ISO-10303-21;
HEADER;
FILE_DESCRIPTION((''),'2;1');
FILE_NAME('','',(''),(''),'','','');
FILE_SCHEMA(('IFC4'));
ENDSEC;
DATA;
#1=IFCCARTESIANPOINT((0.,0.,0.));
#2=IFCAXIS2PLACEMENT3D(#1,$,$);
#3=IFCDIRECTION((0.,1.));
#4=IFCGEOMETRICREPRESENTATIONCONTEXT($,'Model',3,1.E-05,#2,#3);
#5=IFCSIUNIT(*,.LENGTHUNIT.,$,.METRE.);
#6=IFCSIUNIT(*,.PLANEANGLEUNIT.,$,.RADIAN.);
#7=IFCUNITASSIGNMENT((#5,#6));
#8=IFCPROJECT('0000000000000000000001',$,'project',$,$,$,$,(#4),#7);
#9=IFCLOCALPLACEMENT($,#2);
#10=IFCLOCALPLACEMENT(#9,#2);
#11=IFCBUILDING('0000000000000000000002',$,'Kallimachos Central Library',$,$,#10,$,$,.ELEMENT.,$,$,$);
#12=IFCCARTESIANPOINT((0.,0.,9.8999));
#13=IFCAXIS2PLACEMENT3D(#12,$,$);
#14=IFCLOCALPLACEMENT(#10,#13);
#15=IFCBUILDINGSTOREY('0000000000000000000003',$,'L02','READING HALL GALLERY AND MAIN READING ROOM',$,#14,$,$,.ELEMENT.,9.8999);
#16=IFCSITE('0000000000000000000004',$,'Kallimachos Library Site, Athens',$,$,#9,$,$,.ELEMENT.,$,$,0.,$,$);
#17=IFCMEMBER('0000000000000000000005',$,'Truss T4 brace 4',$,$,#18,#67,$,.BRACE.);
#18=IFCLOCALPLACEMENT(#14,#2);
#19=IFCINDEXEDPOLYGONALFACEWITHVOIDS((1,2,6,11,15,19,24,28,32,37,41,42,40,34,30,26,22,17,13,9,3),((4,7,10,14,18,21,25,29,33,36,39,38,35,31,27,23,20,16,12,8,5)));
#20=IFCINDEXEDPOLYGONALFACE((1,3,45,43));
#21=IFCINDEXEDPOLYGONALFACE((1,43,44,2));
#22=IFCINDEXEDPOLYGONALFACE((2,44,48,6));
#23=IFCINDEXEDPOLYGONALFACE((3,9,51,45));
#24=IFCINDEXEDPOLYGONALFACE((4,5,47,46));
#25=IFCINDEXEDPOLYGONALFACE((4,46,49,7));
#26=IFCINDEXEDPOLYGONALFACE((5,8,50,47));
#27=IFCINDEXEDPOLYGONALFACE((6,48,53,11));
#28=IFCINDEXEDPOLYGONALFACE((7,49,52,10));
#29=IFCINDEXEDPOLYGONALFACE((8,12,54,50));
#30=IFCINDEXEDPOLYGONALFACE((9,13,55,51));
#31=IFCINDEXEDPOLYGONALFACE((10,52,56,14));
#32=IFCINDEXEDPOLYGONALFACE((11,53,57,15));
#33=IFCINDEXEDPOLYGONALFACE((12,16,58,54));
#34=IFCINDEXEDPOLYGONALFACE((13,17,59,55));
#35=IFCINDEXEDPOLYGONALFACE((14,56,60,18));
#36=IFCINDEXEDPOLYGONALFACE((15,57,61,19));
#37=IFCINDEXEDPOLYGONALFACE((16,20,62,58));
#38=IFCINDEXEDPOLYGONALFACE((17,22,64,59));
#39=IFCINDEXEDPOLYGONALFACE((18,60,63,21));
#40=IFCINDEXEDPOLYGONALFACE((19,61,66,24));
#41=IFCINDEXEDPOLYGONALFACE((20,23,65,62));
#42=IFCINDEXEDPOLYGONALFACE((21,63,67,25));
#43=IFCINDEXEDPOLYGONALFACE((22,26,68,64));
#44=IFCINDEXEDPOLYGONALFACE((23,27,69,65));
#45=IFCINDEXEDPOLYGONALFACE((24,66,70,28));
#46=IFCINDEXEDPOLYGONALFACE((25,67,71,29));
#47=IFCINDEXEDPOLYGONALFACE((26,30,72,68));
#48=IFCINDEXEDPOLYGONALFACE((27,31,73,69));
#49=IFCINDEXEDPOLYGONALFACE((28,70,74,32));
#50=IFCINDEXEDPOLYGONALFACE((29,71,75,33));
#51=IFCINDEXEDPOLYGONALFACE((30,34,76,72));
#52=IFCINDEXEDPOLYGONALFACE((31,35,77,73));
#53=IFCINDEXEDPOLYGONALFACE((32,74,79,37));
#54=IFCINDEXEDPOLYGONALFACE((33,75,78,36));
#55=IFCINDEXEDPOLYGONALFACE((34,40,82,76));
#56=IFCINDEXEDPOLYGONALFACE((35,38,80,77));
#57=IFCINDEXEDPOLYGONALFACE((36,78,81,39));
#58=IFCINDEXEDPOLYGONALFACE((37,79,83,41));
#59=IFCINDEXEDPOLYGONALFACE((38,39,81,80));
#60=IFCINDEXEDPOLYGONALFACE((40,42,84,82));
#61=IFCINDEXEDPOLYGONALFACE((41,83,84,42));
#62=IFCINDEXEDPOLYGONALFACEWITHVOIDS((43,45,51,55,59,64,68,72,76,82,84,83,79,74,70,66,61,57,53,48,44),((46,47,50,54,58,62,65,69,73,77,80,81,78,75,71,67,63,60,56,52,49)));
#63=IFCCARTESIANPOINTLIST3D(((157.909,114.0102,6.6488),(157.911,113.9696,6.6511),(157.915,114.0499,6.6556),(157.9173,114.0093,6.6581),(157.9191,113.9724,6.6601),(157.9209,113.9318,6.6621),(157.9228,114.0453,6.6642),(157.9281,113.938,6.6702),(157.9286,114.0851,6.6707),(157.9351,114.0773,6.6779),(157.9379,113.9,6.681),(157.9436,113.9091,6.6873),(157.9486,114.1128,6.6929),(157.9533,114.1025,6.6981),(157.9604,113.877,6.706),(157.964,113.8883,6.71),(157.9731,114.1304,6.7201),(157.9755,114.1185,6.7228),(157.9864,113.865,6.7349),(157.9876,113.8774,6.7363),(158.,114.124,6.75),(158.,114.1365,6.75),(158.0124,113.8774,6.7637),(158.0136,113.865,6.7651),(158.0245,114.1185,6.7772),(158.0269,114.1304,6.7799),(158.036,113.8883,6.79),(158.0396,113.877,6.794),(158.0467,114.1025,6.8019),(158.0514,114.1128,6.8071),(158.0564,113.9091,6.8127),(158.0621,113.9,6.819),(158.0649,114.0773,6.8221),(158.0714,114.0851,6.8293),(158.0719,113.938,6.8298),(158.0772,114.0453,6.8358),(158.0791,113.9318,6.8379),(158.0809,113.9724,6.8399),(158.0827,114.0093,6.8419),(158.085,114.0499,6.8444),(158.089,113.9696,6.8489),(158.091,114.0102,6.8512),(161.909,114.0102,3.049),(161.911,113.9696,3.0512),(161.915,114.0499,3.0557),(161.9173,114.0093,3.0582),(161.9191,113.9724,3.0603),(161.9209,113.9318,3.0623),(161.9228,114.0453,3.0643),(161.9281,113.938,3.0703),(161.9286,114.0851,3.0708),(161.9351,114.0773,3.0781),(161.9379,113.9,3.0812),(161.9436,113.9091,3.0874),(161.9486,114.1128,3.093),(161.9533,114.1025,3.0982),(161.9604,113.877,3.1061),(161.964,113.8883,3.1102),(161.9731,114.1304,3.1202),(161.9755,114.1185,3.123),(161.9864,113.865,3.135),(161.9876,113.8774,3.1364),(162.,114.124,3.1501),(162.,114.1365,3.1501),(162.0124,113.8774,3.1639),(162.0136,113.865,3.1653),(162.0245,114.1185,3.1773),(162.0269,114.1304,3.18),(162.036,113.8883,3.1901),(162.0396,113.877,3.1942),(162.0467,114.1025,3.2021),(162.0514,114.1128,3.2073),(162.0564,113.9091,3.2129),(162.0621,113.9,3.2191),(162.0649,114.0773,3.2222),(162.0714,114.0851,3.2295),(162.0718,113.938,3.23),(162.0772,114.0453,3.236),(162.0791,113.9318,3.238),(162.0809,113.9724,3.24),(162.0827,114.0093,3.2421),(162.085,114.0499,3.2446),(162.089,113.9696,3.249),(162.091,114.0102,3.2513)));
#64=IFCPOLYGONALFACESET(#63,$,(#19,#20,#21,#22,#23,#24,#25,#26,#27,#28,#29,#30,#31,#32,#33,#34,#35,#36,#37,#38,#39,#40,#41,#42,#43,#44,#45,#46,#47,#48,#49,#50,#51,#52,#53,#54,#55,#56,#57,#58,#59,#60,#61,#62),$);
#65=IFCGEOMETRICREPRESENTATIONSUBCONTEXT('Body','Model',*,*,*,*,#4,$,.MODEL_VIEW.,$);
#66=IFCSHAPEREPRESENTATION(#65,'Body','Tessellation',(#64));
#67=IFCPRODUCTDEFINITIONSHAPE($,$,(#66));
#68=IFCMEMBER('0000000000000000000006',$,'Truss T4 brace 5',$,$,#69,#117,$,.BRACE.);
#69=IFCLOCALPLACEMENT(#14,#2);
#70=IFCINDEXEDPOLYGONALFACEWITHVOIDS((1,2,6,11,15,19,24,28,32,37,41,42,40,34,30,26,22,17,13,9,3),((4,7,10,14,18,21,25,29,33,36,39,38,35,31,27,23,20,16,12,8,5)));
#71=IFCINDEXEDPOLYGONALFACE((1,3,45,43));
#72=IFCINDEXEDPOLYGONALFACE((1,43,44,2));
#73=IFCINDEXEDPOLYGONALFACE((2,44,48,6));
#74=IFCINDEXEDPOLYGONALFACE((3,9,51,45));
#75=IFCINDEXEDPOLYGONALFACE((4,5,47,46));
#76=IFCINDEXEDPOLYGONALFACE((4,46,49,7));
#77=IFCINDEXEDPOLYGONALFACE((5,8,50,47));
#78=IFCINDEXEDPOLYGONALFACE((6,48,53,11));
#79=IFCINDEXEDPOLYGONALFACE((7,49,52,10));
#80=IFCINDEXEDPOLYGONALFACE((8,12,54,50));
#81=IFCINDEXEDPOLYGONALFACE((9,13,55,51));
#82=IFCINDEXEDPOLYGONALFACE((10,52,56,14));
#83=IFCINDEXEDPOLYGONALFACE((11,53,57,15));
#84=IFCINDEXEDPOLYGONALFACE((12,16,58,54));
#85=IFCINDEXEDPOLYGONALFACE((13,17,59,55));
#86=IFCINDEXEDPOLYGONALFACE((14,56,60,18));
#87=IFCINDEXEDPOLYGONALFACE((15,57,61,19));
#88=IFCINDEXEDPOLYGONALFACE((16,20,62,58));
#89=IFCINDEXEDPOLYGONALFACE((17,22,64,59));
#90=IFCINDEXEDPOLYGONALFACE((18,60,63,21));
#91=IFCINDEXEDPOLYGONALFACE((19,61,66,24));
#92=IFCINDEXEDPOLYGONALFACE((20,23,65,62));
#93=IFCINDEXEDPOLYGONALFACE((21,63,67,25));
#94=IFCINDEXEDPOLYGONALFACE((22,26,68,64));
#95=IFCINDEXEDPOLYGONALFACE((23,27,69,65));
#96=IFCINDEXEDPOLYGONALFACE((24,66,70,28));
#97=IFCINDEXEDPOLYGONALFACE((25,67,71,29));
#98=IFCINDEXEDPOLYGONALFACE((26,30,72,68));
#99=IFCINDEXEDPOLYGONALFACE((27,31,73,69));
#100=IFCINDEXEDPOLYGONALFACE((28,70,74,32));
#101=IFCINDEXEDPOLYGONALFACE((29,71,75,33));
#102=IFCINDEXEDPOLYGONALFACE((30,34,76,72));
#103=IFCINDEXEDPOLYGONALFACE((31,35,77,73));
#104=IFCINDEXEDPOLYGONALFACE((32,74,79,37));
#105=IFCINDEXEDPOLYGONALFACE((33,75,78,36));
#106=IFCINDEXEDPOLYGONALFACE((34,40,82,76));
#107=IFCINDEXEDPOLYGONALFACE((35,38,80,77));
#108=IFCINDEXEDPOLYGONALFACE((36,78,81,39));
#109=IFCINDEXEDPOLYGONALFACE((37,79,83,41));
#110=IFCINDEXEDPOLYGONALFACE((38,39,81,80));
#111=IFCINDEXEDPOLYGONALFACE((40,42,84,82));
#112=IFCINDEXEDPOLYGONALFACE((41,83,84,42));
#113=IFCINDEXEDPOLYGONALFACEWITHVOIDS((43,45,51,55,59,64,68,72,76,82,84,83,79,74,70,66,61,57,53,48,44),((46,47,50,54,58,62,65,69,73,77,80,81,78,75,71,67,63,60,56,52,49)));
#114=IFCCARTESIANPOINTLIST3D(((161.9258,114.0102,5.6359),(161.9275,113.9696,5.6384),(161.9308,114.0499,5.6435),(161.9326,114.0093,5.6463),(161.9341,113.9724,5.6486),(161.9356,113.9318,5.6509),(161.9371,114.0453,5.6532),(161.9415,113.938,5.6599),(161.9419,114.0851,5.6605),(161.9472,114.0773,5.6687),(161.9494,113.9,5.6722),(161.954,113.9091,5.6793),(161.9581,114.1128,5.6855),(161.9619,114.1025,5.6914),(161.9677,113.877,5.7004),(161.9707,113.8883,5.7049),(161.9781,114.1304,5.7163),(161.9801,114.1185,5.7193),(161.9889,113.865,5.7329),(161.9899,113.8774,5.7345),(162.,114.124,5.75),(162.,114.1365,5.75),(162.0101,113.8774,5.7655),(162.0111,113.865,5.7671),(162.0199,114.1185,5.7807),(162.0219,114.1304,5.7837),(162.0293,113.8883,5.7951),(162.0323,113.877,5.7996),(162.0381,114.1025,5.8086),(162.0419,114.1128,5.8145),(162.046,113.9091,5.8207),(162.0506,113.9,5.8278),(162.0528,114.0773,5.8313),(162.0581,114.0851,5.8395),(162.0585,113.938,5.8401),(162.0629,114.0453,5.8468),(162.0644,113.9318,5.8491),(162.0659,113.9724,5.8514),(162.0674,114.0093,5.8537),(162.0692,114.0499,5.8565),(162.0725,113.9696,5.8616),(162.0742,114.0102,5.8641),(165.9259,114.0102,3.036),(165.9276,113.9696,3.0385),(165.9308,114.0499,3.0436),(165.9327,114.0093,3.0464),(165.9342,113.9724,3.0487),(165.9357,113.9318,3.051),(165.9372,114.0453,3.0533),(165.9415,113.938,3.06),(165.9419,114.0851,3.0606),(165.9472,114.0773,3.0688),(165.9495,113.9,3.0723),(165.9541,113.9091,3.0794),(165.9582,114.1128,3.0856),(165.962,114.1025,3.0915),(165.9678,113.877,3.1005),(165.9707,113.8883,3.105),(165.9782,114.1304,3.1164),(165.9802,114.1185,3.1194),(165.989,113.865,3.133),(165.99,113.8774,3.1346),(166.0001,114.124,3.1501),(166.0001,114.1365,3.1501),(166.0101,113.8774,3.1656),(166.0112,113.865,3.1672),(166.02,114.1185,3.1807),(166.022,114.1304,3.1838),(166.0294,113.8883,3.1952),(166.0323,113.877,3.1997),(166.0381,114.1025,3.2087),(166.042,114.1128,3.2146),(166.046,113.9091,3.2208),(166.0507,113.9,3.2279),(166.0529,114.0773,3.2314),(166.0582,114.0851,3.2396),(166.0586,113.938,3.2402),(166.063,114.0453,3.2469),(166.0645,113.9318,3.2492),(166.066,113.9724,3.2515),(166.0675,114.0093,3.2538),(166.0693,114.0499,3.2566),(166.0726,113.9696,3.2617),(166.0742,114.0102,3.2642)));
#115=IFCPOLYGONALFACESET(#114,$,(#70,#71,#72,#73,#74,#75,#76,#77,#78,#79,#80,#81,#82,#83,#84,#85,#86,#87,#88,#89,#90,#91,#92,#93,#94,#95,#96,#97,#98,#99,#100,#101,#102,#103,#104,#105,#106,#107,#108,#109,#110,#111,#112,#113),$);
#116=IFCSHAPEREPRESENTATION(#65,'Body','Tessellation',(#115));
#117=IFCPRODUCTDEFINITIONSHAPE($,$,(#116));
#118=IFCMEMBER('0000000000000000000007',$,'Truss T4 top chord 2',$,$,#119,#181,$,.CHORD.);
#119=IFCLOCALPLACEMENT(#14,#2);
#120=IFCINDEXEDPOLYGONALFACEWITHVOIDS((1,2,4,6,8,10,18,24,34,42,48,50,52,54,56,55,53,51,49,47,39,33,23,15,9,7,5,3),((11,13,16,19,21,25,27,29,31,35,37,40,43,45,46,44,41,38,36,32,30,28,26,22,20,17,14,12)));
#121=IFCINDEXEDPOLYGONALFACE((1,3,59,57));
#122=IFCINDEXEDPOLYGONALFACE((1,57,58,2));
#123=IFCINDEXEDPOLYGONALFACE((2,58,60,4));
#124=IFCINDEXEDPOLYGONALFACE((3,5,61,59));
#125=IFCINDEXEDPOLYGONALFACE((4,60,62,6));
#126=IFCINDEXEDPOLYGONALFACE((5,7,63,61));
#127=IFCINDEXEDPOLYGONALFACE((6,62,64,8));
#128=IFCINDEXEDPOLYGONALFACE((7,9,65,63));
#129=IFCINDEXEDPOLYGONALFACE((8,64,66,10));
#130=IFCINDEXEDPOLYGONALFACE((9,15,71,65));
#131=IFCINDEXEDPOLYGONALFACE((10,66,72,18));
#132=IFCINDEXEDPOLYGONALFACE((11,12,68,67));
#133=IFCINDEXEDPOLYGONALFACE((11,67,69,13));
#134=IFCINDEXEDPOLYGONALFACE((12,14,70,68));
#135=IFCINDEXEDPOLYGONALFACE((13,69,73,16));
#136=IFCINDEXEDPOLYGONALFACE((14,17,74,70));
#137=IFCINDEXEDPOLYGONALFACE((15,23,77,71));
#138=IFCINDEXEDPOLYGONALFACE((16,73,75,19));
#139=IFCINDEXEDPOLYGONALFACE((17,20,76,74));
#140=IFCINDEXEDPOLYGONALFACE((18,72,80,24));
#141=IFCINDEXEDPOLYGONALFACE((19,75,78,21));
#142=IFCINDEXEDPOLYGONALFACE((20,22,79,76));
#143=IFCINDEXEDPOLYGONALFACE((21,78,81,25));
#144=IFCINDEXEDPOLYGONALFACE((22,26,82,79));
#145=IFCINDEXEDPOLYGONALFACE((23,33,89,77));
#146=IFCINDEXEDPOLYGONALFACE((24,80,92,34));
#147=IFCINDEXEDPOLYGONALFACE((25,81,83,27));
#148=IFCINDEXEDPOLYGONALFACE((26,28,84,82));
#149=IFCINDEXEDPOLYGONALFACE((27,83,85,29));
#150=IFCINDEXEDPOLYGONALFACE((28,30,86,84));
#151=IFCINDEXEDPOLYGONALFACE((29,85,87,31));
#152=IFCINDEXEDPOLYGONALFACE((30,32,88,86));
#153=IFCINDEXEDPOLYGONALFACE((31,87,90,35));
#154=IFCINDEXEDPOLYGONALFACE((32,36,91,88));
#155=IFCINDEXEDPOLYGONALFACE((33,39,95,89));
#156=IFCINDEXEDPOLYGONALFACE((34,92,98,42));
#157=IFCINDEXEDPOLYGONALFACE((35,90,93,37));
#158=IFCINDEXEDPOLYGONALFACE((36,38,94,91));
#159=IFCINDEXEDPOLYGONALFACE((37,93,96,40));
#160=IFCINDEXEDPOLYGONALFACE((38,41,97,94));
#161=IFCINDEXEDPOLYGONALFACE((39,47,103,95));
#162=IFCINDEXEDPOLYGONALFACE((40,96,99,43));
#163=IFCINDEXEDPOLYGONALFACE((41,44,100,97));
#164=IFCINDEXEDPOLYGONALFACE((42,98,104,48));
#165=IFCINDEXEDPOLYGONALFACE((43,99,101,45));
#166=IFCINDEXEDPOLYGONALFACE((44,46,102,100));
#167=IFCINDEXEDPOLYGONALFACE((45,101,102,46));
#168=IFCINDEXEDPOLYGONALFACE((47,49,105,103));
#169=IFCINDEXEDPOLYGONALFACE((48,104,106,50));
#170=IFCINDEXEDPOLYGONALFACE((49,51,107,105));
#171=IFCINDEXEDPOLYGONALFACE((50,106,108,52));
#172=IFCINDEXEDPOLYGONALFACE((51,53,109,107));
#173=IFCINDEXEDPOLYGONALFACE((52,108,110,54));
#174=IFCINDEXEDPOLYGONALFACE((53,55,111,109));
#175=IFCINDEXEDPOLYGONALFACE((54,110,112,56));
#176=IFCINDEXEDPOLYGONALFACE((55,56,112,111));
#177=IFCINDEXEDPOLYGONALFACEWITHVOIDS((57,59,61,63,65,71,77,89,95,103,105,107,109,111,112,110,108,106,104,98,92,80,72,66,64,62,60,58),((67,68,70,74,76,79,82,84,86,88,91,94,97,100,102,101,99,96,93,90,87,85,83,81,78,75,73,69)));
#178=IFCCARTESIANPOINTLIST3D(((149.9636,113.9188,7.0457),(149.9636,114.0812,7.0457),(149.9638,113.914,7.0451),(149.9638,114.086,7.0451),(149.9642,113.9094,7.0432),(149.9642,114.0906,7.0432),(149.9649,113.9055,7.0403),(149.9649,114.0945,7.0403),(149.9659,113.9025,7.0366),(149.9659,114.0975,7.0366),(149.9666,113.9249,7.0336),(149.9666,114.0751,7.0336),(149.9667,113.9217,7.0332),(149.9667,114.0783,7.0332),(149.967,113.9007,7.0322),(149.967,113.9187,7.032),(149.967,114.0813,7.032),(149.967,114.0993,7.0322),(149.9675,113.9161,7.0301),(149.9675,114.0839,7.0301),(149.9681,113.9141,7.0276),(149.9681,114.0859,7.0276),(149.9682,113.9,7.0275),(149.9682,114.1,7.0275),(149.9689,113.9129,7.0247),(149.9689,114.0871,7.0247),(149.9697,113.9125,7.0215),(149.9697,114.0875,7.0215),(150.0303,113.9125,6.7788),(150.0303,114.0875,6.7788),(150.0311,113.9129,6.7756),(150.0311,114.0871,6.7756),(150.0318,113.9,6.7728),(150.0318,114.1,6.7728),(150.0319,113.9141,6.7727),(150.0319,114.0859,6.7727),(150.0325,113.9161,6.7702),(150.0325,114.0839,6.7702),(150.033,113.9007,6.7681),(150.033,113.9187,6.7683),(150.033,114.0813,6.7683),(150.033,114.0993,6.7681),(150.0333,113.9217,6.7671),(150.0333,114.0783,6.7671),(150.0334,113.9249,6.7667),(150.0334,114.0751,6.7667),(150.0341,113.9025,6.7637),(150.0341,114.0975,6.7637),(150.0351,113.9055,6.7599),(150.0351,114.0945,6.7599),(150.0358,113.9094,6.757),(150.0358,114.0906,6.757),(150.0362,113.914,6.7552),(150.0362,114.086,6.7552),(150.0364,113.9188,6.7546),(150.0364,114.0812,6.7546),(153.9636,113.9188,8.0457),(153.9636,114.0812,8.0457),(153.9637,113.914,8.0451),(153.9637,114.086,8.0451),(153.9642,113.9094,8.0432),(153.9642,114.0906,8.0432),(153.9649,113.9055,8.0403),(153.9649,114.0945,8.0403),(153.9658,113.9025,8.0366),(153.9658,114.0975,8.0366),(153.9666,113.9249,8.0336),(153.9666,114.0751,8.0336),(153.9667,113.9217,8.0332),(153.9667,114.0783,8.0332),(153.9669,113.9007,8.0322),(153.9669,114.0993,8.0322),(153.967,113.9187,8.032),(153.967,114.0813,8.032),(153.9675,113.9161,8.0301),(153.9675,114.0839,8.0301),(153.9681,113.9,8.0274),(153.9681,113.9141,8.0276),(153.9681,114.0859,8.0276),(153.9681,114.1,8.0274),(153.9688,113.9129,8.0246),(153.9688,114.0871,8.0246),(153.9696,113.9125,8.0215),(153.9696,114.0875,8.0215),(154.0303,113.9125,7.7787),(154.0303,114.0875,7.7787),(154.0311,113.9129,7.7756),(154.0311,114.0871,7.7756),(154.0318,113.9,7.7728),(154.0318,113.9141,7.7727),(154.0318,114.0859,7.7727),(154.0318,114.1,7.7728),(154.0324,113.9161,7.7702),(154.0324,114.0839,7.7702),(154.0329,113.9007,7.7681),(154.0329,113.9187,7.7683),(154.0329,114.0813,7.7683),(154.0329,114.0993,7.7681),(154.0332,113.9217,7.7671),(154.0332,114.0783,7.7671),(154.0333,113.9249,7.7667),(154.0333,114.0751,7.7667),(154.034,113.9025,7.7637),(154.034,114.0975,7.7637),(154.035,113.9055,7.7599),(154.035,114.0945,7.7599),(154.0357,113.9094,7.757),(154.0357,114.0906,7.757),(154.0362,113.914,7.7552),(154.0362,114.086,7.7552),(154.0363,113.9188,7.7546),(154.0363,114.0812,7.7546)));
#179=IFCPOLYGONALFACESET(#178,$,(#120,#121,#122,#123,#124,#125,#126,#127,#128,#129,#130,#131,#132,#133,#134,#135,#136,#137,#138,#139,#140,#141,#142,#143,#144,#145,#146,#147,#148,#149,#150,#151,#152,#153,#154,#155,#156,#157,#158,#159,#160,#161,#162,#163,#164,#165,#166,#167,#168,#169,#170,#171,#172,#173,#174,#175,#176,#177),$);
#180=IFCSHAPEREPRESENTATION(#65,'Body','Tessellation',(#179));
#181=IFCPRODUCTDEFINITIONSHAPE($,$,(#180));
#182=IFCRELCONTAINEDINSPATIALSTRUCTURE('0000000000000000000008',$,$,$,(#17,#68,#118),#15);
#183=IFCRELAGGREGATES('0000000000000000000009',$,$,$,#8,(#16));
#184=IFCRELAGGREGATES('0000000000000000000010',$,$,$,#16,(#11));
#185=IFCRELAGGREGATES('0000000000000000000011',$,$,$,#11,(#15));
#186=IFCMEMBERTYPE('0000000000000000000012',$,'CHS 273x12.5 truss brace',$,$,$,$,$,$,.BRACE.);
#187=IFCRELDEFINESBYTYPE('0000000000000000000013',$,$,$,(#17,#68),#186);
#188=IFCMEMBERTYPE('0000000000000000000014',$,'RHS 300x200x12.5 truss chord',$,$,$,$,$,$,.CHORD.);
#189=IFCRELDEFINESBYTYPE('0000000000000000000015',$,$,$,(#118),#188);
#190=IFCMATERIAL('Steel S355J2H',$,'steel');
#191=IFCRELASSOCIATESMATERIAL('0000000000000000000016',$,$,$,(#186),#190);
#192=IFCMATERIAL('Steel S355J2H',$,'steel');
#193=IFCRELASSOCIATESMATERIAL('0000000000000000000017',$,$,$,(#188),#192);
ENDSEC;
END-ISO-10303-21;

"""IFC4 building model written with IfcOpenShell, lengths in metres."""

from ifc_helpers import new_model, si_unit, direction, frame, origin, origin_2d, place, context, subcontext, project, spatial, hollow_rectangle, hollow_circle, extrude, material, material_profile, profile_set, type_object, element, save


model = new_model("IFC4")

# Units and contexts
model_context = context("Model", 3, precision=1e-05, world=origin(), true_north=direction((0.0, 1.0)))
body_context = subcontext(model_context, "Body", "Model", "MODEL_VIEW")
ifc_project = project(units=[si_unit("LENGTHUNIT", "METRE"), si_unit("PLANEANGLEUNIT", "RADIAN")], contexts=[model_context])

# Site, building, storey
site_placement = place(None, origin())
site = spatial("IfcSite", under=ifc_project, at=site_placement, Name="Kallimachos Library Site, Athens", CompositionType="ELEMENT", RefElevation=0.0)
building_placement = place(site_placement, origin())
building = spatial("IfcBuilding", under=site, at=building_placement, Name="Kallimachos Central Library", CompositionType="ELEMENT")
storey_placement = place(building_placement, frame((0.0, 0.0, 9.8999)))
storey = spatial("IfcBuildingStorey", under=building, at=storey_placement, Name="L02", Description="READING HALL GALLERY AND MAIN READING ROOM", CompositionType="ELEMENT", Elevation=9.8999)

# Members
ifc_material_1 = material(Name="Steel S355J2H", Category="steel")
ifc_material_profile_1 = material_profile(ifc_material_1, hollow_circle(Radius=0.1365, WallThickness=0.0125, at=origin_2d()), Name="CHS 273x12.5")
ifc_profile_set_1 = profile_set([ifc_material_profile_1], Name="Steel S355J2H")
member_type_1 = type_object("IfcMemberType", Name="CHS 273x12.5 truss brace", PredefinedType="BRACE", material=ifc_profile_set_1)
member_1_placement = place(storey_placement, frame((158.0, 114.0, 6.75), z_axis=(0.743308, 0.0, -0.66895), x_axis=(0.0, 1.0, 0.0)))
element("IfcMember", 1, at=member_1_placement, inside=storey, type_object=member_type_1, Name="Truss T4 brace 4", PredefinedType="BRACE", context=body_context, shape_type="SweptSolid", body=[
    extrude(hollow_circle(Radius=0.1365, WallThickness=0.0125, at=origin_2d()), origin(), (0.0, 0.0, 1.0), 5.3813),
])
member_2_placement = place(storey_placement, frame((162.0, 114.0, 5.75), z_axis=(0.838458, 0.0, -0.544967), x_axis=(0.0, 1.0, 0.0)))
element("IfcMember", 2, at=member_2_placement, inside=storey, type_object=member_type_1, Name="Truss T4 brace 5", PredefinedType="BRACE", context=body_context, shape_type="SweptSolid", body=[
    extrude(hollow_circle(Radius=0.1365, WallThickness=0.0125, at=origin_2d()), origin(), (0.0, 0.0, 1.0), 4.7708),
])
ifc_material_2 = material(Name="Steel S355J2H", Category="steel")
ifc_material_profile_2 = material_profile(ifc_material_2, hollow_rectangle(XDim=0.2, YDim=0.3, WallThickness=0.0125, InnerFilletRadius=0.0125, OuterFilletRadius=0.0188, at=origin_2d()), Name="RHS 300x200x12.5")
ifc_profile_set_2 = profile_set([ifc_material_profile_2], Name="Steel S355J2H")
member_type_2 = type_object("IfcMemberType", Name="RHS 300x200x12.5 truss chord", PredefinedType="CHORD", material=ifc_profile_set_2)
for number, where, z_axis, x_axis, name in (
    (3, (150.0, 114.0, 6.9001), (0.970143, 0.0, 0.242536), (0.0, 1.0, 0.0), "Truss T4 top chord 2"),
):
    element("IfcMember", number, at=place(storey_placement, frame(where, z_axis=z_axis, x_axis=x_axis)), inside=storey, type_object=member_type_2, Name=name, PredefinedType="CHORD", context=body_context, shape_type="SweptSolid", body=[
        extrude(hollow_rectangle(XDim=0.2, YDim=0.3, WallThickness=0.0125, InnerFilletRadius=0.0125, OuterFilletRadius=0.0188, at=origin_2d()), origin(), (0.0, 0.0, 1.0), 4.123),
    ])

save(model, "model.ifc")
